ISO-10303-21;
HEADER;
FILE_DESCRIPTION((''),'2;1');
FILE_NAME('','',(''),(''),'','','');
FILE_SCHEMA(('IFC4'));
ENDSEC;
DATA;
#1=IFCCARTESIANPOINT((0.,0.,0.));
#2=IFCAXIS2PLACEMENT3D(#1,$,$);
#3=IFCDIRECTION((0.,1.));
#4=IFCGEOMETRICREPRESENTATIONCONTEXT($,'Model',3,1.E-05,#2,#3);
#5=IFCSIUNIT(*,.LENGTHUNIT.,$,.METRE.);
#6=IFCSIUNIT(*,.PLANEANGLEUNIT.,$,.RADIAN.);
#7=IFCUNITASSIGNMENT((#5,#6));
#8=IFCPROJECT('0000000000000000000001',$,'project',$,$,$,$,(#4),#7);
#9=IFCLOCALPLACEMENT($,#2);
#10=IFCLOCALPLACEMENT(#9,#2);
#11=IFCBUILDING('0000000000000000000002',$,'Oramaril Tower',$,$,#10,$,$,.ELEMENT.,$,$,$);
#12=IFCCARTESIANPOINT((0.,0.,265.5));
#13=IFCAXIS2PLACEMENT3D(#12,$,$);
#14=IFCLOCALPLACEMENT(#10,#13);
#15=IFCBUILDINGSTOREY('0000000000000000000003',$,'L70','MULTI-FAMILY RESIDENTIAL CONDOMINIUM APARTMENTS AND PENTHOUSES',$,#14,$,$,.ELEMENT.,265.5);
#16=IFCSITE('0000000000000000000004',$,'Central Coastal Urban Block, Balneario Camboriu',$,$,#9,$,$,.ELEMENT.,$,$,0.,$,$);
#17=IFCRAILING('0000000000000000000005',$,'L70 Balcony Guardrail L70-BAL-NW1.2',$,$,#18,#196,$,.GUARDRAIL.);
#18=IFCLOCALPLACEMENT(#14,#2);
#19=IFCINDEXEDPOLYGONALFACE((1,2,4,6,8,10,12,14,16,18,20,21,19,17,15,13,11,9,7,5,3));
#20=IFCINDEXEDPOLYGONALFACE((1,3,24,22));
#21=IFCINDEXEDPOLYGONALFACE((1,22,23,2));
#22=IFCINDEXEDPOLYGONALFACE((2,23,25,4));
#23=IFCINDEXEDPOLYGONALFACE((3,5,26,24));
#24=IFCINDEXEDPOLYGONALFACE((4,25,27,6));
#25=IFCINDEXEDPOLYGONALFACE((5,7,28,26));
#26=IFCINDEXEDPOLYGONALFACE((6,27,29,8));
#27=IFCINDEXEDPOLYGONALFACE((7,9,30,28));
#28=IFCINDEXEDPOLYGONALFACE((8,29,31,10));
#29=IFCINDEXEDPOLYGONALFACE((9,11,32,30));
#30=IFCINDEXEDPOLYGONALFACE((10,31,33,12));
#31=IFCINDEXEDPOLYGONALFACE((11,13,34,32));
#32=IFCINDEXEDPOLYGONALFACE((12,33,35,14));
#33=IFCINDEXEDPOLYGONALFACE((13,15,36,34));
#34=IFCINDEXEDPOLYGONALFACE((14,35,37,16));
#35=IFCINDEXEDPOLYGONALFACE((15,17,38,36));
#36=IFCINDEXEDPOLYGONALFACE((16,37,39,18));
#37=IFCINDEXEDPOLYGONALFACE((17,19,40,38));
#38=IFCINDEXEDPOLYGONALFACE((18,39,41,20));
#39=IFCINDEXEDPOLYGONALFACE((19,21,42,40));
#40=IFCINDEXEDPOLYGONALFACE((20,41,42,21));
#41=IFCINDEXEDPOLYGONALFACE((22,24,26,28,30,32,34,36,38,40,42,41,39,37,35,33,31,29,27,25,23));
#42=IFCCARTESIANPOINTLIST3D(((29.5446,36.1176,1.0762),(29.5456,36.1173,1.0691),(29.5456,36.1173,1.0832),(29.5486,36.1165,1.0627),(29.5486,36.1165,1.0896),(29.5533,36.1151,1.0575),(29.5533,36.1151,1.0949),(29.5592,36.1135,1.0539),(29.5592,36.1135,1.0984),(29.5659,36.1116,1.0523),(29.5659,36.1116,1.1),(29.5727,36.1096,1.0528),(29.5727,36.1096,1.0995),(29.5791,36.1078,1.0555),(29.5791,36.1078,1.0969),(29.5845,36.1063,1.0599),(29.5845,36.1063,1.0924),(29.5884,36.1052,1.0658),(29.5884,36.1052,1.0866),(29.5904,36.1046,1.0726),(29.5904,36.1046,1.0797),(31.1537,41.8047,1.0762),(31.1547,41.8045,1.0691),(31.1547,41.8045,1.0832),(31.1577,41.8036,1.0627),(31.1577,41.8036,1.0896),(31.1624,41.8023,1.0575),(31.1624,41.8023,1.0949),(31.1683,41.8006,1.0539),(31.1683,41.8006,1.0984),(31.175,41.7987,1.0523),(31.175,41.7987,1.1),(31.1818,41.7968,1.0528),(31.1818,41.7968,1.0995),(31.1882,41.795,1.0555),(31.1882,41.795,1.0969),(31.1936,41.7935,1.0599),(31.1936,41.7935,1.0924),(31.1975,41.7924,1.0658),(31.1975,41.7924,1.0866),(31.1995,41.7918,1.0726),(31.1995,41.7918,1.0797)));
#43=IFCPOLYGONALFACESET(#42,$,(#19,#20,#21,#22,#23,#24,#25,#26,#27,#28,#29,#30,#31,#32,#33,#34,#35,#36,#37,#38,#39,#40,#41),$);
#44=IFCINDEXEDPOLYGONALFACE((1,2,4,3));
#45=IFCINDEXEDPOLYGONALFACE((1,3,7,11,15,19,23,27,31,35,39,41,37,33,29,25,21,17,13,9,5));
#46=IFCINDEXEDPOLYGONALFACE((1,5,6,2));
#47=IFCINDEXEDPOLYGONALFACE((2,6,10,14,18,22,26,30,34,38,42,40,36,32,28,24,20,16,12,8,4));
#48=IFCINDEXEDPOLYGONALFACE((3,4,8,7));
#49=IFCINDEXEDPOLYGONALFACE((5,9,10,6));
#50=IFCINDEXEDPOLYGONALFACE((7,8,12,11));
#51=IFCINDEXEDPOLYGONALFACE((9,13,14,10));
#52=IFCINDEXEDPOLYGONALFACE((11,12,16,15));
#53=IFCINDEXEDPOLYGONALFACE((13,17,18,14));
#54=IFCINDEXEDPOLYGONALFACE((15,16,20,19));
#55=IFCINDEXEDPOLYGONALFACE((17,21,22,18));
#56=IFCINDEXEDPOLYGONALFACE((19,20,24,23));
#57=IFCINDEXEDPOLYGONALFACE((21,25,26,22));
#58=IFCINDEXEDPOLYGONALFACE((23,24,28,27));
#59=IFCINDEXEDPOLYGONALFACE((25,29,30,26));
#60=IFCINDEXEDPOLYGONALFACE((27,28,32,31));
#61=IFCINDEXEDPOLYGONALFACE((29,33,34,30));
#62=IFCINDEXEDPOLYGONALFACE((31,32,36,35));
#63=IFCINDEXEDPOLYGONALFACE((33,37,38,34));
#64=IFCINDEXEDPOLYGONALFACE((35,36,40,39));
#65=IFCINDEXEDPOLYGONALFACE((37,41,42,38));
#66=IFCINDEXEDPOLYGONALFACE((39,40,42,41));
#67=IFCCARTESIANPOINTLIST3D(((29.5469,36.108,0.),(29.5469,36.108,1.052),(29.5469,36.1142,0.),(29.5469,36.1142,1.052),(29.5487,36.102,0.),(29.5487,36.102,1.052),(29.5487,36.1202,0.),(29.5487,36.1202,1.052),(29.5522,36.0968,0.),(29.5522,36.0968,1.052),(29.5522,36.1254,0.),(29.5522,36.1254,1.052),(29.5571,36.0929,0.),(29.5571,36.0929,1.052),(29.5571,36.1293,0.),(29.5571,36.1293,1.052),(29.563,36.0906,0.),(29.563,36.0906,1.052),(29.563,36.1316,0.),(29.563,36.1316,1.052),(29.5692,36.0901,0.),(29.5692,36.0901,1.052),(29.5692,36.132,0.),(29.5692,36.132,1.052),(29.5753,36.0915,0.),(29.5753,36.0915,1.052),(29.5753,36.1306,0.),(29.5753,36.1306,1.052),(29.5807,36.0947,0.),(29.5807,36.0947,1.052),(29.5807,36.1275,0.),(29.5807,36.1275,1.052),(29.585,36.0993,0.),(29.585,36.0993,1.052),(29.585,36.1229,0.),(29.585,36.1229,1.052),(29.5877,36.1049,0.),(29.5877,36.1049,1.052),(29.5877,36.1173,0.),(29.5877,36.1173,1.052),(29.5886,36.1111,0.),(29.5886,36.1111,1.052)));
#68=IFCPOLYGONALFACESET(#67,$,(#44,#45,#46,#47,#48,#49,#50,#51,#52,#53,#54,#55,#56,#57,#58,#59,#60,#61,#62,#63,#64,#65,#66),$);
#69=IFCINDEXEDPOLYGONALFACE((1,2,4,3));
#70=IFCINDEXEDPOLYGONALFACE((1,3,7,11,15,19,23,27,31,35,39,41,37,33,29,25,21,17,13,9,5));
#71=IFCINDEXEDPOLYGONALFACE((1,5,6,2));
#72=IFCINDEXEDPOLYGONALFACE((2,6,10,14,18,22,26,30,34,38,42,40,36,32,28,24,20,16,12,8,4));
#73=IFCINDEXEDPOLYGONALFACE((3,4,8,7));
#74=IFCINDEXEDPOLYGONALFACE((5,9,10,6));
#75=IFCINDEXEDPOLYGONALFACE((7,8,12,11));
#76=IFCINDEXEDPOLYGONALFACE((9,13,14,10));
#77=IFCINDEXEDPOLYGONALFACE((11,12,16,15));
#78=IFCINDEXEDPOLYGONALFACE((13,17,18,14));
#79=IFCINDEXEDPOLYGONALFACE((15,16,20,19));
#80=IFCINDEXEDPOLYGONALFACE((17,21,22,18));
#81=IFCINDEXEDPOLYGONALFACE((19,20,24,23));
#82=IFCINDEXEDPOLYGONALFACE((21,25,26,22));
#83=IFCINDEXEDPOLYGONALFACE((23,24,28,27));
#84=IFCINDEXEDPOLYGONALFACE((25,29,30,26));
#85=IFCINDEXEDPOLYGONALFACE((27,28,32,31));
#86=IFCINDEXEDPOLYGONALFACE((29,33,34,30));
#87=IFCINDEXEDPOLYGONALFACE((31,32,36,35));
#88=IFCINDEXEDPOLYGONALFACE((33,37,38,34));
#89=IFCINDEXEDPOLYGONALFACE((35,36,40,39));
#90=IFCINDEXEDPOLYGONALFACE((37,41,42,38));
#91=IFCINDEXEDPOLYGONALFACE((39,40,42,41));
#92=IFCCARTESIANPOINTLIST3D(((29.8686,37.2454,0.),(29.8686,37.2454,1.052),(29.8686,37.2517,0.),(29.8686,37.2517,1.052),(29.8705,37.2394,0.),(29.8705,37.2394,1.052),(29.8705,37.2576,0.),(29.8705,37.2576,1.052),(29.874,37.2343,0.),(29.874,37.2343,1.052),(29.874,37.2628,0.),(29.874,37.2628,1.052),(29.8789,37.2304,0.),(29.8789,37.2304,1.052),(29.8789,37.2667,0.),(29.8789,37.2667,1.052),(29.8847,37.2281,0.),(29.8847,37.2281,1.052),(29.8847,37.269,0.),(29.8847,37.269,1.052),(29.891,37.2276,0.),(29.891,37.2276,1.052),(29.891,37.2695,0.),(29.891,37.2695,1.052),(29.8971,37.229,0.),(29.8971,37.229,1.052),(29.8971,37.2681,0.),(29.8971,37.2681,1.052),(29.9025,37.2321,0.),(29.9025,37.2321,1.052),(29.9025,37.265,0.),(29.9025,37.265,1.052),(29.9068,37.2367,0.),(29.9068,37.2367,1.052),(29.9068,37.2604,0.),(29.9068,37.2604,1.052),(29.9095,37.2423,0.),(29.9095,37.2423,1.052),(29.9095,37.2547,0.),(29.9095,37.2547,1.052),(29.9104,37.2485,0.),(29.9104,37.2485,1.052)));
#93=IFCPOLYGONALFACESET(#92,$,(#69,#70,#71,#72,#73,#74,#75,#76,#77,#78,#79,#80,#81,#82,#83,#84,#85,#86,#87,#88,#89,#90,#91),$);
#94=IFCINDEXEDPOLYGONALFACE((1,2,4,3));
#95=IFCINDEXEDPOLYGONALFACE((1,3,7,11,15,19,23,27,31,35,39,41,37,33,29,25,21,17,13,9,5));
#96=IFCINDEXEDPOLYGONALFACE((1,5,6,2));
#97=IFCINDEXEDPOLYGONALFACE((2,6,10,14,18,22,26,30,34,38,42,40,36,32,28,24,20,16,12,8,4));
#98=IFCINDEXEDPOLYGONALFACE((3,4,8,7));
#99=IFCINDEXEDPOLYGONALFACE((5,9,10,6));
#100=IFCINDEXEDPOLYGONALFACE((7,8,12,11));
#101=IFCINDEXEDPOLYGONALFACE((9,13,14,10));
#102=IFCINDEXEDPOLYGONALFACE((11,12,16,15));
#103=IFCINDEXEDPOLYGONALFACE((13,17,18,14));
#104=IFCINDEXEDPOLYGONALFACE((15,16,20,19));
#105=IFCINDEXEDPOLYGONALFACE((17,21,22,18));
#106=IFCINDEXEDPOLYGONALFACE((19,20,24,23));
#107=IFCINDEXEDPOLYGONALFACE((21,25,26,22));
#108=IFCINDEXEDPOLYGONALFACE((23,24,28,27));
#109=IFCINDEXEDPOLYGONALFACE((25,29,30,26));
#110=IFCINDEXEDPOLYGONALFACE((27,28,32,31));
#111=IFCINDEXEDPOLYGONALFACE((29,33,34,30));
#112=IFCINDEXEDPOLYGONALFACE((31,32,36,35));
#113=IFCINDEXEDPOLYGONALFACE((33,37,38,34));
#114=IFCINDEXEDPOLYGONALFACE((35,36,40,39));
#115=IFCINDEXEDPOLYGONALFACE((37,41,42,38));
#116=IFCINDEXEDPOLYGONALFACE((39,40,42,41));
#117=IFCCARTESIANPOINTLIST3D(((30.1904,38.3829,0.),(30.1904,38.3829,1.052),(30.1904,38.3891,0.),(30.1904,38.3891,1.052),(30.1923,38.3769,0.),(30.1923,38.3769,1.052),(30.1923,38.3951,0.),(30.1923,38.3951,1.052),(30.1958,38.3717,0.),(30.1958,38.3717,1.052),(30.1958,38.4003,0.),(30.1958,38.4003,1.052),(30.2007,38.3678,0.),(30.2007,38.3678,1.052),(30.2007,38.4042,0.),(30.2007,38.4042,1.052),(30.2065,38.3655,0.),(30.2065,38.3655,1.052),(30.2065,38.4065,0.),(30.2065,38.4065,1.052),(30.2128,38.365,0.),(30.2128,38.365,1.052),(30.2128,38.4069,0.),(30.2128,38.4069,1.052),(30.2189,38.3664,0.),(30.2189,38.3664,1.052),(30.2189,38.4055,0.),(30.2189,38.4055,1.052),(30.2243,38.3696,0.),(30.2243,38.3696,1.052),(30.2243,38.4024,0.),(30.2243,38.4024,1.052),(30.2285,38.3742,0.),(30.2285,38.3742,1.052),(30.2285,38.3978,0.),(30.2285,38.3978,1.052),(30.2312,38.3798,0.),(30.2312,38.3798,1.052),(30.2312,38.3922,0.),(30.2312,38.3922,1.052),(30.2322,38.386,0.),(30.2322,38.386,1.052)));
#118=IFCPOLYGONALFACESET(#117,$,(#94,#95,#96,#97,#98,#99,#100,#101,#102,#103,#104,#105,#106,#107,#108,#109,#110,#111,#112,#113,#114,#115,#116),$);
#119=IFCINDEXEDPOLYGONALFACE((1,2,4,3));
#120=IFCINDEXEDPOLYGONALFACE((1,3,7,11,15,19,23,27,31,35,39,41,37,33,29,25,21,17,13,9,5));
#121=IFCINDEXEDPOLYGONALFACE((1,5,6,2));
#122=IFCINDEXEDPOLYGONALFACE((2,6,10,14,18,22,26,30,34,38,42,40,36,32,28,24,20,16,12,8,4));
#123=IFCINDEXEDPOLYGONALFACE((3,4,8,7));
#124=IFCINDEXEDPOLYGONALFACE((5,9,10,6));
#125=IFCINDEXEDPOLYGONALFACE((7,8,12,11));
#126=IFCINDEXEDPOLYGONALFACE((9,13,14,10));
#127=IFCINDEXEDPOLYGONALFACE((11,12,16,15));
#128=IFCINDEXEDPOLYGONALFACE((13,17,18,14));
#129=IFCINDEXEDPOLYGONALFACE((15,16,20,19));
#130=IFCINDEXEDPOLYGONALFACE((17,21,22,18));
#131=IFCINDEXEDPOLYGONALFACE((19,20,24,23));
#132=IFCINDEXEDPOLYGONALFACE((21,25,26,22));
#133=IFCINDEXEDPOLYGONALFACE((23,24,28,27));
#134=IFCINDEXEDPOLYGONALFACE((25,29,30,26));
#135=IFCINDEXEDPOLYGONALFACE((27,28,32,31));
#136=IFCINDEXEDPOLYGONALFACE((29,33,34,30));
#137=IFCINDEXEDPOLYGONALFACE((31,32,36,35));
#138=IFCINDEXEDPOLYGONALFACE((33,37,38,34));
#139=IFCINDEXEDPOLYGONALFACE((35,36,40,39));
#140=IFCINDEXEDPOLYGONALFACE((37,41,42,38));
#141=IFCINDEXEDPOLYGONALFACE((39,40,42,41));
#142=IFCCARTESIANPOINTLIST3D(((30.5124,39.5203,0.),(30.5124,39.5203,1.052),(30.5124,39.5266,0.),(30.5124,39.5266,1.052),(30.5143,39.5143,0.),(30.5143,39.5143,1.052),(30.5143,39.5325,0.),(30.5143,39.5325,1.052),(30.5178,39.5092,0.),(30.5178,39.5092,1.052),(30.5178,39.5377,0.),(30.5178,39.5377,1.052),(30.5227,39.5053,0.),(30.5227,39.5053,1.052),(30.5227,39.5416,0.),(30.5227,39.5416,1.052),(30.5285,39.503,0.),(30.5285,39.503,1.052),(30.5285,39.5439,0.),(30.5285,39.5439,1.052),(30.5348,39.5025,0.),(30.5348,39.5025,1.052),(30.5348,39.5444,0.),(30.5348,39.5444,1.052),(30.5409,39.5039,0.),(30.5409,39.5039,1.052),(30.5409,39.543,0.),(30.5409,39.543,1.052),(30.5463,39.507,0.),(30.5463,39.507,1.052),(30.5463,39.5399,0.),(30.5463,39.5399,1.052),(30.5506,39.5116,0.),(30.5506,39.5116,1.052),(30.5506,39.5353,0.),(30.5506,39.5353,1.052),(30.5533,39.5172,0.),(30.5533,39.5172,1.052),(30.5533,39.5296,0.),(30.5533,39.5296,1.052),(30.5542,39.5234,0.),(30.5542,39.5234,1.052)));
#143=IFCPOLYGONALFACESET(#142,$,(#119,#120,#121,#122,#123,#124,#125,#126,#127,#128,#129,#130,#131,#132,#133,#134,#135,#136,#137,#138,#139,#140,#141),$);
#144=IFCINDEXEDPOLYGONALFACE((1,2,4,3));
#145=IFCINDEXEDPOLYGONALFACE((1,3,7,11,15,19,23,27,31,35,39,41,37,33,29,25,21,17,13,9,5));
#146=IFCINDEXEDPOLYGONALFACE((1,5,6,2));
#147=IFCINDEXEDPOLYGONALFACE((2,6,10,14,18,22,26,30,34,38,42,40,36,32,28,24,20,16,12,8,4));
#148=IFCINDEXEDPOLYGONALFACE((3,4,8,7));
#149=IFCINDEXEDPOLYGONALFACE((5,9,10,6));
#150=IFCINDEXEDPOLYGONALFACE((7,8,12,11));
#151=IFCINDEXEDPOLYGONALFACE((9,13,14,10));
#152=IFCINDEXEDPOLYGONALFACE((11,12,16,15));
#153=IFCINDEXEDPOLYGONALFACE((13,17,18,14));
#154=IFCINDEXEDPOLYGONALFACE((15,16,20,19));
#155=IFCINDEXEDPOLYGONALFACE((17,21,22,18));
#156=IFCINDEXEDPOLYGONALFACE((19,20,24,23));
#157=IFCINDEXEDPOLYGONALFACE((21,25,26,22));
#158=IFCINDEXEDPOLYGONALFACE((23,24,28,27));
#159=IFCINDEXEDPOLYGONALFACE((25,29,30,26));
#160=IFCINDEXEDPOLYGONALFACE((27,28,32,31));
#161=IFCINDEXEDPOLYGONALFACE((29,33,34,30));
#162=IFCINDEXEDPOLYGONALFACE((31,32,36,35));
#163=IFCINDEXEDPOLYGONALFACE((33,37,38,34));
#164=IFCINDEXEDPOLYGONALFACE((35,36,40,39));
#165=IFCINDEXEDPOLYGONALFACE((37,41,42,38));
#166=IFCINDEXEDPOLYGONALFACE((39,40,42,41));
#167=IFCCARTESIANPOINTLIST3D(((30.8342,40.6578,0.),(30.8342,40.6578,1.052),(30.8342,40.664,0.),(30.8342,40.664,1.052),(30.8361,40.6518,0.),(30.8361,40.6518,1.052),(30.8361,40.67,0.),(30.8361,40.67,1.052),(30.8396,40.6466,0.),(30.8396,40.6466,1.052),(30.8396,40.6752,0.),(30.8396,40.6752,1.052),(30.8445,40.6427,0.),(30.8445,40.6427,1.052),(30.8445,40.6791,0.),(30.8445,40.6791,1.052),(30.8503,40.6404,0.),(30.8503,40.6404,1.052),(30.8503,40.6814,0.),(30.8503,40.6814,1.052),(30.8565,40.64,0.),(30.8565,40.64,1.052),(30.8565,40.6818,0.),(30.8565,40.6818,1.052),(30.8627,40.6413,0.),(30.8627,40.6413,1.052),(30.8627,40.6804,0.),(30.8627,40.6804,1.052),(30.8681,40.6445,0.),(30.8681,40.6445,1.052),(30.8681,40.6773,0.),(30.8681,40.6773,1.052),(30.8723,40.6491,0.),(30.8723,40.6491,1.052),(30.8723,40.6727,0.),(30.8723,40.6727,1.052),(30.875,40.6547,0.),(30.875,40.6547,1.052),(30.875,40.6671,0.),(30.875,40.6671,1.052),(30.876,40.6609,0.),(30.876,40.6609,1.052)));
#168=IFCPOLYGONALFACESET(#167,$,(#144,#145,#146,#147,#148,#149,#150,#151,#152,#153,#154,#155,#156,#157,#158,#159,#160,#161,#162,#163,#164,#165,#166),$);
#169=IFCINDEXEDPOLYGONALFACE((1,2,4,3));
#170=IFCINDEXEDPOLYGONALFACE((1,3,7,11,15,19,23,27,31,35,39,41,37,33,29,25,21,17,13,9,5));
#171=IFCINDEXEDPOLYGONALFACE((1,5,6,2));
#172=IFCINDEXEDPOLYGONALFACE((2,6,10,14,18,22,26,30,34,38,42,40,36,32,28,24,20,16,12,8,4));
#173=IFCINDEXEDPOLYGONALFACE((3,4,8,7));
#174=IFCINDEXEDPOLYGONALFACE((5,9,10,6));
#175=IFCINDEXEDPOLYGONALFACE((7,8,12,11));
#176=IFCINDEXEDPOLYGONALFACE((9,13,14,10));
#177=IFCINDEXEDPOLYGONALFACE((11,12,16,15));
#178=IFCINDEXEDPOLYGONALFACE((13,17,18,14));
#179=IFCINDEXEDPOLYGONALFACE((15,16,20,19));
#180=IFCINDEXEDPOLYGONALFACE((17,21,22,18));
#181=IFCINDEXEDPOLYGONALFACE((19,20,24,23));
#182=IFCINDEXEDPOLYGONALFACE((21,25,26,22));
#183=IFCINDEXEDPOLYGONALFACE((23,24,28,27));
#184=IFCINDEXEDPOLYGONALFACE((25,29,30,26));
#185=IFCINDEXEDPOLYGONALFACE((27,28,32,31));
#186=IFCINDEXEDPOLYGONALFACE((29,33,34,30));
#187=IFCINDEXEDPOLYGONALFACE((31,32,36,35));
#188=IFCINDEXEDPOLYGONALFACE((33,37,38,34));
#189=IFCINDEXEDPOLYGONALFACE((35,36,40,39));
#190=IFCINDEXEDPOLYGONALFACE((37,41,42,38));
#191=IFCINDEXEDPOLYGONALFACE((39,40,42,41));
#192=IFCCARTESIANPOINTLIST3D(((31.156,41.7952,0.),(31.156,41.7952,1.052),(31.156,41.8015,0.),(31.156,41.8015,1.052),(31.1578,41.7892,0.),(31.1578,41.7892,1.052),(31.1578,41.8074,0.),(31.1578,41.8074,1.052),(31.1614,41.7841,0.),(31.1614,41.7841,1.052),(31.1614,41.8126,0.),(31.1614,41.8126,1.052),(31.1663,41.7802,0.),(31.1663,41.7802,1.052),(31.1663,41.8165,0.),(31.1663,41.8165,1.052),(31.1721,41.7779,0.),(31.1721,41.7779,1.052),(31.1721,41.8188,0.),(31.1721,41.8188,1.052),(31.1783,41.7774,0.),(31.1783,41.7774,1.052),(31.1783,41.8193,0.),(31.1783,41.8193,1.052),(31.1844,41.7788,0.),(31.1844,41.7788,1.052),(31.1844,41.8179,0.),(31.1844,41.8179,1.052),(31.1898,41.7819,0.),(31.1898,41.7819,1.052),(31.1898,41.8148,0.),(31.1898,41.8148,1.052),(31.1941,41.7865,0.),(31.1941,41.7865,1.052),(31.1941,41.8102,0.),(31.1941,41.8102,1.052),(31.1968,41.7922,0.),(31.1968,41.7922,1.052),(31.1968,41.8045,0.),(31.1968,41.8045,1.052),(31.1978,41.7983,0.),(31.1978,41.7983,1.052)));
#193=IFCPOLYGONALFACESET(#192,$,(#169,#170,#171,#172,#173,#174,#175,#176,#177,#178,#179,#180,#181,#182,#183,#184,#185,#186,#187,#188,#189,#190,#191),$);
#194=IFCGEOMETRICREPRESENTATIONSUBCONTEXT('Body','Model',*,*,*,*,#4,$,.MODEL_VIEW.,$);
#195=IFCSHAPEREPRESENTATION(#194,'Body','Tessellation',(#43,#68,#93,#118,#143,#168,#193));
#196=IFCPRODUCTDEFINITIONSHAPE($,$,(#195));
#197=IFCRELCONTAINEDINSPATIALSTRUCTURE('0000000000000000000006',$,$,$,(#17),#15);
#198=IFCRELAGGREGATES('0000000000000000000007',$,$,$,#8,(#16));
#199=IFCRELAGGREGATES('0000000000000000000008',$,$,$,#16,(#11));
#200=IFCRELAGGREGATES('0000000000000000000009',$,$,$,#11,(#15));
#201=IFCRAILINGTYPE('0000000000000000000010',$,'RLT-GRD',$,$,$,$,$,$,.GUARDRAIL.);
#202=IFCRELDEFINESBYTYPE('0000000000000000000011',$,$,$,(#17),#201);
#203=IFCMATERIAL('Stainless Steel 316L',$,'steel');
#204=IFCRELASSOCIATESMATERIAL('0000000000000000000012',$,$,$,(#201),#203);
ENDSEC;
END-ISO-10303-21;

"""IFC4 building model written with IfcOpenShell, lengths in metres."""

from ifc_helpers import new_model, si_unit, direction, frame, origin, origin_2d, place, context, subcontext, project, spatial, circle, extrude, material, type_object, element, save


model = new_model("IFC4")

# Units and contexts
model_context = context("Model", 3, precision=1e-05, world=origin(), true_north=direction((0.0, 1.0)))
body_context = subcontext(model_context, "Body", "Model", "MODEL_VIEW")
ifc_project = project(units=[si_unit("LENGTHUNIT", "METRE"), si_unit("PLANEANGLEUNIT", "RADIAN")], contexts=[model_context])

# Site, building, storey
site_placement = place(None, origin())
site = spatial("IfcSite", under=ifc_project, at=site_placement, Name="Central Coastal Urban Block, Balneario Camboriu", CompositionType="ELEMENT", RefElevation=0.0)
building_placement = place(site_placement, origin())
building = spatial("IfcBuilding", under=site, at=building_placement, Name="Oramaril Tower", CompositionType="ELEMENT")
storey_placement = place(building_placement, frame((0.0, 0.0, 265.5)))
storey = spatial("IfcBuildingStorey", under=building, at=storey_placement, Name="L70", Description="MULTI-FAMILY RESIDENTIAL CONDOMINIUM APARTMENTS AND PENTHOUSES", CompositionType="ELEMENT", Elevation=265.5)

# Railing
ifc_material_1 = material(Name="Stainless Steel 316L", Category="steel")
railing_type = type_object("IfcRailingType", Name="RLT-GRD", PredefinedType="GUARDRAIL", material=ifc_material_1)
railing_1_placement = place(storey_placement, frame((29.5676, 36.1111, 0.0)))
element("IfcRailing", 1, at=railing_1_placement, inside=storey, type_object=railing_type, Name="L70 Balcony Guardrail L70-BAL-NW1.2", PredefinedType="GUARDRAIL", context=body_context, shape_type="SweptSolid", body=[
    extrude(circle(Radius=0.0239, at=origin_2d()), frame((0.0, 0.0, 1.0762), z_axis=(0.272249, 0.962227, 0.0), x_axis=(-0.962227, 0.272249, 0.0)), (0.0, 0.0, 1.0), 5.9104),
    extrude(circle(Radius=0.021, at=origin_2d()), origin(), (0.0, 0.0, 1.0), 1.052),
    extrude(circle(Radius=0.021, at=origin_2d()), frame((0.3218, 1.1375, 0.0)), (0.0, 0.0, 1.0), 1.052),
    extrude(circle(Radius=0.021, at=origin_2d()), frame((0.6436, 2.2749, 0.0)), (0.0, 0.0, 1.0), 1.052),
    extrude(circle(Radius=0.021, at=origin_2d()), frame((0.9656, 3.4124, 0.0)), (0.0, 0.0, 1.0), 1.052),
    extrude(circle(Radius=0.021, at=origin_2d()), frame((1.2874, 4.5498, 0.0)), (0.0, 0.0, 1.0), 1.052),
    extrude(circle(Radius=0.021, at=origin_2d()), frame((1.6091, 5.6873, 0.0)), (0.0, 0.0, 1.0), 1.052),
])

save(model, "model.ifc")
